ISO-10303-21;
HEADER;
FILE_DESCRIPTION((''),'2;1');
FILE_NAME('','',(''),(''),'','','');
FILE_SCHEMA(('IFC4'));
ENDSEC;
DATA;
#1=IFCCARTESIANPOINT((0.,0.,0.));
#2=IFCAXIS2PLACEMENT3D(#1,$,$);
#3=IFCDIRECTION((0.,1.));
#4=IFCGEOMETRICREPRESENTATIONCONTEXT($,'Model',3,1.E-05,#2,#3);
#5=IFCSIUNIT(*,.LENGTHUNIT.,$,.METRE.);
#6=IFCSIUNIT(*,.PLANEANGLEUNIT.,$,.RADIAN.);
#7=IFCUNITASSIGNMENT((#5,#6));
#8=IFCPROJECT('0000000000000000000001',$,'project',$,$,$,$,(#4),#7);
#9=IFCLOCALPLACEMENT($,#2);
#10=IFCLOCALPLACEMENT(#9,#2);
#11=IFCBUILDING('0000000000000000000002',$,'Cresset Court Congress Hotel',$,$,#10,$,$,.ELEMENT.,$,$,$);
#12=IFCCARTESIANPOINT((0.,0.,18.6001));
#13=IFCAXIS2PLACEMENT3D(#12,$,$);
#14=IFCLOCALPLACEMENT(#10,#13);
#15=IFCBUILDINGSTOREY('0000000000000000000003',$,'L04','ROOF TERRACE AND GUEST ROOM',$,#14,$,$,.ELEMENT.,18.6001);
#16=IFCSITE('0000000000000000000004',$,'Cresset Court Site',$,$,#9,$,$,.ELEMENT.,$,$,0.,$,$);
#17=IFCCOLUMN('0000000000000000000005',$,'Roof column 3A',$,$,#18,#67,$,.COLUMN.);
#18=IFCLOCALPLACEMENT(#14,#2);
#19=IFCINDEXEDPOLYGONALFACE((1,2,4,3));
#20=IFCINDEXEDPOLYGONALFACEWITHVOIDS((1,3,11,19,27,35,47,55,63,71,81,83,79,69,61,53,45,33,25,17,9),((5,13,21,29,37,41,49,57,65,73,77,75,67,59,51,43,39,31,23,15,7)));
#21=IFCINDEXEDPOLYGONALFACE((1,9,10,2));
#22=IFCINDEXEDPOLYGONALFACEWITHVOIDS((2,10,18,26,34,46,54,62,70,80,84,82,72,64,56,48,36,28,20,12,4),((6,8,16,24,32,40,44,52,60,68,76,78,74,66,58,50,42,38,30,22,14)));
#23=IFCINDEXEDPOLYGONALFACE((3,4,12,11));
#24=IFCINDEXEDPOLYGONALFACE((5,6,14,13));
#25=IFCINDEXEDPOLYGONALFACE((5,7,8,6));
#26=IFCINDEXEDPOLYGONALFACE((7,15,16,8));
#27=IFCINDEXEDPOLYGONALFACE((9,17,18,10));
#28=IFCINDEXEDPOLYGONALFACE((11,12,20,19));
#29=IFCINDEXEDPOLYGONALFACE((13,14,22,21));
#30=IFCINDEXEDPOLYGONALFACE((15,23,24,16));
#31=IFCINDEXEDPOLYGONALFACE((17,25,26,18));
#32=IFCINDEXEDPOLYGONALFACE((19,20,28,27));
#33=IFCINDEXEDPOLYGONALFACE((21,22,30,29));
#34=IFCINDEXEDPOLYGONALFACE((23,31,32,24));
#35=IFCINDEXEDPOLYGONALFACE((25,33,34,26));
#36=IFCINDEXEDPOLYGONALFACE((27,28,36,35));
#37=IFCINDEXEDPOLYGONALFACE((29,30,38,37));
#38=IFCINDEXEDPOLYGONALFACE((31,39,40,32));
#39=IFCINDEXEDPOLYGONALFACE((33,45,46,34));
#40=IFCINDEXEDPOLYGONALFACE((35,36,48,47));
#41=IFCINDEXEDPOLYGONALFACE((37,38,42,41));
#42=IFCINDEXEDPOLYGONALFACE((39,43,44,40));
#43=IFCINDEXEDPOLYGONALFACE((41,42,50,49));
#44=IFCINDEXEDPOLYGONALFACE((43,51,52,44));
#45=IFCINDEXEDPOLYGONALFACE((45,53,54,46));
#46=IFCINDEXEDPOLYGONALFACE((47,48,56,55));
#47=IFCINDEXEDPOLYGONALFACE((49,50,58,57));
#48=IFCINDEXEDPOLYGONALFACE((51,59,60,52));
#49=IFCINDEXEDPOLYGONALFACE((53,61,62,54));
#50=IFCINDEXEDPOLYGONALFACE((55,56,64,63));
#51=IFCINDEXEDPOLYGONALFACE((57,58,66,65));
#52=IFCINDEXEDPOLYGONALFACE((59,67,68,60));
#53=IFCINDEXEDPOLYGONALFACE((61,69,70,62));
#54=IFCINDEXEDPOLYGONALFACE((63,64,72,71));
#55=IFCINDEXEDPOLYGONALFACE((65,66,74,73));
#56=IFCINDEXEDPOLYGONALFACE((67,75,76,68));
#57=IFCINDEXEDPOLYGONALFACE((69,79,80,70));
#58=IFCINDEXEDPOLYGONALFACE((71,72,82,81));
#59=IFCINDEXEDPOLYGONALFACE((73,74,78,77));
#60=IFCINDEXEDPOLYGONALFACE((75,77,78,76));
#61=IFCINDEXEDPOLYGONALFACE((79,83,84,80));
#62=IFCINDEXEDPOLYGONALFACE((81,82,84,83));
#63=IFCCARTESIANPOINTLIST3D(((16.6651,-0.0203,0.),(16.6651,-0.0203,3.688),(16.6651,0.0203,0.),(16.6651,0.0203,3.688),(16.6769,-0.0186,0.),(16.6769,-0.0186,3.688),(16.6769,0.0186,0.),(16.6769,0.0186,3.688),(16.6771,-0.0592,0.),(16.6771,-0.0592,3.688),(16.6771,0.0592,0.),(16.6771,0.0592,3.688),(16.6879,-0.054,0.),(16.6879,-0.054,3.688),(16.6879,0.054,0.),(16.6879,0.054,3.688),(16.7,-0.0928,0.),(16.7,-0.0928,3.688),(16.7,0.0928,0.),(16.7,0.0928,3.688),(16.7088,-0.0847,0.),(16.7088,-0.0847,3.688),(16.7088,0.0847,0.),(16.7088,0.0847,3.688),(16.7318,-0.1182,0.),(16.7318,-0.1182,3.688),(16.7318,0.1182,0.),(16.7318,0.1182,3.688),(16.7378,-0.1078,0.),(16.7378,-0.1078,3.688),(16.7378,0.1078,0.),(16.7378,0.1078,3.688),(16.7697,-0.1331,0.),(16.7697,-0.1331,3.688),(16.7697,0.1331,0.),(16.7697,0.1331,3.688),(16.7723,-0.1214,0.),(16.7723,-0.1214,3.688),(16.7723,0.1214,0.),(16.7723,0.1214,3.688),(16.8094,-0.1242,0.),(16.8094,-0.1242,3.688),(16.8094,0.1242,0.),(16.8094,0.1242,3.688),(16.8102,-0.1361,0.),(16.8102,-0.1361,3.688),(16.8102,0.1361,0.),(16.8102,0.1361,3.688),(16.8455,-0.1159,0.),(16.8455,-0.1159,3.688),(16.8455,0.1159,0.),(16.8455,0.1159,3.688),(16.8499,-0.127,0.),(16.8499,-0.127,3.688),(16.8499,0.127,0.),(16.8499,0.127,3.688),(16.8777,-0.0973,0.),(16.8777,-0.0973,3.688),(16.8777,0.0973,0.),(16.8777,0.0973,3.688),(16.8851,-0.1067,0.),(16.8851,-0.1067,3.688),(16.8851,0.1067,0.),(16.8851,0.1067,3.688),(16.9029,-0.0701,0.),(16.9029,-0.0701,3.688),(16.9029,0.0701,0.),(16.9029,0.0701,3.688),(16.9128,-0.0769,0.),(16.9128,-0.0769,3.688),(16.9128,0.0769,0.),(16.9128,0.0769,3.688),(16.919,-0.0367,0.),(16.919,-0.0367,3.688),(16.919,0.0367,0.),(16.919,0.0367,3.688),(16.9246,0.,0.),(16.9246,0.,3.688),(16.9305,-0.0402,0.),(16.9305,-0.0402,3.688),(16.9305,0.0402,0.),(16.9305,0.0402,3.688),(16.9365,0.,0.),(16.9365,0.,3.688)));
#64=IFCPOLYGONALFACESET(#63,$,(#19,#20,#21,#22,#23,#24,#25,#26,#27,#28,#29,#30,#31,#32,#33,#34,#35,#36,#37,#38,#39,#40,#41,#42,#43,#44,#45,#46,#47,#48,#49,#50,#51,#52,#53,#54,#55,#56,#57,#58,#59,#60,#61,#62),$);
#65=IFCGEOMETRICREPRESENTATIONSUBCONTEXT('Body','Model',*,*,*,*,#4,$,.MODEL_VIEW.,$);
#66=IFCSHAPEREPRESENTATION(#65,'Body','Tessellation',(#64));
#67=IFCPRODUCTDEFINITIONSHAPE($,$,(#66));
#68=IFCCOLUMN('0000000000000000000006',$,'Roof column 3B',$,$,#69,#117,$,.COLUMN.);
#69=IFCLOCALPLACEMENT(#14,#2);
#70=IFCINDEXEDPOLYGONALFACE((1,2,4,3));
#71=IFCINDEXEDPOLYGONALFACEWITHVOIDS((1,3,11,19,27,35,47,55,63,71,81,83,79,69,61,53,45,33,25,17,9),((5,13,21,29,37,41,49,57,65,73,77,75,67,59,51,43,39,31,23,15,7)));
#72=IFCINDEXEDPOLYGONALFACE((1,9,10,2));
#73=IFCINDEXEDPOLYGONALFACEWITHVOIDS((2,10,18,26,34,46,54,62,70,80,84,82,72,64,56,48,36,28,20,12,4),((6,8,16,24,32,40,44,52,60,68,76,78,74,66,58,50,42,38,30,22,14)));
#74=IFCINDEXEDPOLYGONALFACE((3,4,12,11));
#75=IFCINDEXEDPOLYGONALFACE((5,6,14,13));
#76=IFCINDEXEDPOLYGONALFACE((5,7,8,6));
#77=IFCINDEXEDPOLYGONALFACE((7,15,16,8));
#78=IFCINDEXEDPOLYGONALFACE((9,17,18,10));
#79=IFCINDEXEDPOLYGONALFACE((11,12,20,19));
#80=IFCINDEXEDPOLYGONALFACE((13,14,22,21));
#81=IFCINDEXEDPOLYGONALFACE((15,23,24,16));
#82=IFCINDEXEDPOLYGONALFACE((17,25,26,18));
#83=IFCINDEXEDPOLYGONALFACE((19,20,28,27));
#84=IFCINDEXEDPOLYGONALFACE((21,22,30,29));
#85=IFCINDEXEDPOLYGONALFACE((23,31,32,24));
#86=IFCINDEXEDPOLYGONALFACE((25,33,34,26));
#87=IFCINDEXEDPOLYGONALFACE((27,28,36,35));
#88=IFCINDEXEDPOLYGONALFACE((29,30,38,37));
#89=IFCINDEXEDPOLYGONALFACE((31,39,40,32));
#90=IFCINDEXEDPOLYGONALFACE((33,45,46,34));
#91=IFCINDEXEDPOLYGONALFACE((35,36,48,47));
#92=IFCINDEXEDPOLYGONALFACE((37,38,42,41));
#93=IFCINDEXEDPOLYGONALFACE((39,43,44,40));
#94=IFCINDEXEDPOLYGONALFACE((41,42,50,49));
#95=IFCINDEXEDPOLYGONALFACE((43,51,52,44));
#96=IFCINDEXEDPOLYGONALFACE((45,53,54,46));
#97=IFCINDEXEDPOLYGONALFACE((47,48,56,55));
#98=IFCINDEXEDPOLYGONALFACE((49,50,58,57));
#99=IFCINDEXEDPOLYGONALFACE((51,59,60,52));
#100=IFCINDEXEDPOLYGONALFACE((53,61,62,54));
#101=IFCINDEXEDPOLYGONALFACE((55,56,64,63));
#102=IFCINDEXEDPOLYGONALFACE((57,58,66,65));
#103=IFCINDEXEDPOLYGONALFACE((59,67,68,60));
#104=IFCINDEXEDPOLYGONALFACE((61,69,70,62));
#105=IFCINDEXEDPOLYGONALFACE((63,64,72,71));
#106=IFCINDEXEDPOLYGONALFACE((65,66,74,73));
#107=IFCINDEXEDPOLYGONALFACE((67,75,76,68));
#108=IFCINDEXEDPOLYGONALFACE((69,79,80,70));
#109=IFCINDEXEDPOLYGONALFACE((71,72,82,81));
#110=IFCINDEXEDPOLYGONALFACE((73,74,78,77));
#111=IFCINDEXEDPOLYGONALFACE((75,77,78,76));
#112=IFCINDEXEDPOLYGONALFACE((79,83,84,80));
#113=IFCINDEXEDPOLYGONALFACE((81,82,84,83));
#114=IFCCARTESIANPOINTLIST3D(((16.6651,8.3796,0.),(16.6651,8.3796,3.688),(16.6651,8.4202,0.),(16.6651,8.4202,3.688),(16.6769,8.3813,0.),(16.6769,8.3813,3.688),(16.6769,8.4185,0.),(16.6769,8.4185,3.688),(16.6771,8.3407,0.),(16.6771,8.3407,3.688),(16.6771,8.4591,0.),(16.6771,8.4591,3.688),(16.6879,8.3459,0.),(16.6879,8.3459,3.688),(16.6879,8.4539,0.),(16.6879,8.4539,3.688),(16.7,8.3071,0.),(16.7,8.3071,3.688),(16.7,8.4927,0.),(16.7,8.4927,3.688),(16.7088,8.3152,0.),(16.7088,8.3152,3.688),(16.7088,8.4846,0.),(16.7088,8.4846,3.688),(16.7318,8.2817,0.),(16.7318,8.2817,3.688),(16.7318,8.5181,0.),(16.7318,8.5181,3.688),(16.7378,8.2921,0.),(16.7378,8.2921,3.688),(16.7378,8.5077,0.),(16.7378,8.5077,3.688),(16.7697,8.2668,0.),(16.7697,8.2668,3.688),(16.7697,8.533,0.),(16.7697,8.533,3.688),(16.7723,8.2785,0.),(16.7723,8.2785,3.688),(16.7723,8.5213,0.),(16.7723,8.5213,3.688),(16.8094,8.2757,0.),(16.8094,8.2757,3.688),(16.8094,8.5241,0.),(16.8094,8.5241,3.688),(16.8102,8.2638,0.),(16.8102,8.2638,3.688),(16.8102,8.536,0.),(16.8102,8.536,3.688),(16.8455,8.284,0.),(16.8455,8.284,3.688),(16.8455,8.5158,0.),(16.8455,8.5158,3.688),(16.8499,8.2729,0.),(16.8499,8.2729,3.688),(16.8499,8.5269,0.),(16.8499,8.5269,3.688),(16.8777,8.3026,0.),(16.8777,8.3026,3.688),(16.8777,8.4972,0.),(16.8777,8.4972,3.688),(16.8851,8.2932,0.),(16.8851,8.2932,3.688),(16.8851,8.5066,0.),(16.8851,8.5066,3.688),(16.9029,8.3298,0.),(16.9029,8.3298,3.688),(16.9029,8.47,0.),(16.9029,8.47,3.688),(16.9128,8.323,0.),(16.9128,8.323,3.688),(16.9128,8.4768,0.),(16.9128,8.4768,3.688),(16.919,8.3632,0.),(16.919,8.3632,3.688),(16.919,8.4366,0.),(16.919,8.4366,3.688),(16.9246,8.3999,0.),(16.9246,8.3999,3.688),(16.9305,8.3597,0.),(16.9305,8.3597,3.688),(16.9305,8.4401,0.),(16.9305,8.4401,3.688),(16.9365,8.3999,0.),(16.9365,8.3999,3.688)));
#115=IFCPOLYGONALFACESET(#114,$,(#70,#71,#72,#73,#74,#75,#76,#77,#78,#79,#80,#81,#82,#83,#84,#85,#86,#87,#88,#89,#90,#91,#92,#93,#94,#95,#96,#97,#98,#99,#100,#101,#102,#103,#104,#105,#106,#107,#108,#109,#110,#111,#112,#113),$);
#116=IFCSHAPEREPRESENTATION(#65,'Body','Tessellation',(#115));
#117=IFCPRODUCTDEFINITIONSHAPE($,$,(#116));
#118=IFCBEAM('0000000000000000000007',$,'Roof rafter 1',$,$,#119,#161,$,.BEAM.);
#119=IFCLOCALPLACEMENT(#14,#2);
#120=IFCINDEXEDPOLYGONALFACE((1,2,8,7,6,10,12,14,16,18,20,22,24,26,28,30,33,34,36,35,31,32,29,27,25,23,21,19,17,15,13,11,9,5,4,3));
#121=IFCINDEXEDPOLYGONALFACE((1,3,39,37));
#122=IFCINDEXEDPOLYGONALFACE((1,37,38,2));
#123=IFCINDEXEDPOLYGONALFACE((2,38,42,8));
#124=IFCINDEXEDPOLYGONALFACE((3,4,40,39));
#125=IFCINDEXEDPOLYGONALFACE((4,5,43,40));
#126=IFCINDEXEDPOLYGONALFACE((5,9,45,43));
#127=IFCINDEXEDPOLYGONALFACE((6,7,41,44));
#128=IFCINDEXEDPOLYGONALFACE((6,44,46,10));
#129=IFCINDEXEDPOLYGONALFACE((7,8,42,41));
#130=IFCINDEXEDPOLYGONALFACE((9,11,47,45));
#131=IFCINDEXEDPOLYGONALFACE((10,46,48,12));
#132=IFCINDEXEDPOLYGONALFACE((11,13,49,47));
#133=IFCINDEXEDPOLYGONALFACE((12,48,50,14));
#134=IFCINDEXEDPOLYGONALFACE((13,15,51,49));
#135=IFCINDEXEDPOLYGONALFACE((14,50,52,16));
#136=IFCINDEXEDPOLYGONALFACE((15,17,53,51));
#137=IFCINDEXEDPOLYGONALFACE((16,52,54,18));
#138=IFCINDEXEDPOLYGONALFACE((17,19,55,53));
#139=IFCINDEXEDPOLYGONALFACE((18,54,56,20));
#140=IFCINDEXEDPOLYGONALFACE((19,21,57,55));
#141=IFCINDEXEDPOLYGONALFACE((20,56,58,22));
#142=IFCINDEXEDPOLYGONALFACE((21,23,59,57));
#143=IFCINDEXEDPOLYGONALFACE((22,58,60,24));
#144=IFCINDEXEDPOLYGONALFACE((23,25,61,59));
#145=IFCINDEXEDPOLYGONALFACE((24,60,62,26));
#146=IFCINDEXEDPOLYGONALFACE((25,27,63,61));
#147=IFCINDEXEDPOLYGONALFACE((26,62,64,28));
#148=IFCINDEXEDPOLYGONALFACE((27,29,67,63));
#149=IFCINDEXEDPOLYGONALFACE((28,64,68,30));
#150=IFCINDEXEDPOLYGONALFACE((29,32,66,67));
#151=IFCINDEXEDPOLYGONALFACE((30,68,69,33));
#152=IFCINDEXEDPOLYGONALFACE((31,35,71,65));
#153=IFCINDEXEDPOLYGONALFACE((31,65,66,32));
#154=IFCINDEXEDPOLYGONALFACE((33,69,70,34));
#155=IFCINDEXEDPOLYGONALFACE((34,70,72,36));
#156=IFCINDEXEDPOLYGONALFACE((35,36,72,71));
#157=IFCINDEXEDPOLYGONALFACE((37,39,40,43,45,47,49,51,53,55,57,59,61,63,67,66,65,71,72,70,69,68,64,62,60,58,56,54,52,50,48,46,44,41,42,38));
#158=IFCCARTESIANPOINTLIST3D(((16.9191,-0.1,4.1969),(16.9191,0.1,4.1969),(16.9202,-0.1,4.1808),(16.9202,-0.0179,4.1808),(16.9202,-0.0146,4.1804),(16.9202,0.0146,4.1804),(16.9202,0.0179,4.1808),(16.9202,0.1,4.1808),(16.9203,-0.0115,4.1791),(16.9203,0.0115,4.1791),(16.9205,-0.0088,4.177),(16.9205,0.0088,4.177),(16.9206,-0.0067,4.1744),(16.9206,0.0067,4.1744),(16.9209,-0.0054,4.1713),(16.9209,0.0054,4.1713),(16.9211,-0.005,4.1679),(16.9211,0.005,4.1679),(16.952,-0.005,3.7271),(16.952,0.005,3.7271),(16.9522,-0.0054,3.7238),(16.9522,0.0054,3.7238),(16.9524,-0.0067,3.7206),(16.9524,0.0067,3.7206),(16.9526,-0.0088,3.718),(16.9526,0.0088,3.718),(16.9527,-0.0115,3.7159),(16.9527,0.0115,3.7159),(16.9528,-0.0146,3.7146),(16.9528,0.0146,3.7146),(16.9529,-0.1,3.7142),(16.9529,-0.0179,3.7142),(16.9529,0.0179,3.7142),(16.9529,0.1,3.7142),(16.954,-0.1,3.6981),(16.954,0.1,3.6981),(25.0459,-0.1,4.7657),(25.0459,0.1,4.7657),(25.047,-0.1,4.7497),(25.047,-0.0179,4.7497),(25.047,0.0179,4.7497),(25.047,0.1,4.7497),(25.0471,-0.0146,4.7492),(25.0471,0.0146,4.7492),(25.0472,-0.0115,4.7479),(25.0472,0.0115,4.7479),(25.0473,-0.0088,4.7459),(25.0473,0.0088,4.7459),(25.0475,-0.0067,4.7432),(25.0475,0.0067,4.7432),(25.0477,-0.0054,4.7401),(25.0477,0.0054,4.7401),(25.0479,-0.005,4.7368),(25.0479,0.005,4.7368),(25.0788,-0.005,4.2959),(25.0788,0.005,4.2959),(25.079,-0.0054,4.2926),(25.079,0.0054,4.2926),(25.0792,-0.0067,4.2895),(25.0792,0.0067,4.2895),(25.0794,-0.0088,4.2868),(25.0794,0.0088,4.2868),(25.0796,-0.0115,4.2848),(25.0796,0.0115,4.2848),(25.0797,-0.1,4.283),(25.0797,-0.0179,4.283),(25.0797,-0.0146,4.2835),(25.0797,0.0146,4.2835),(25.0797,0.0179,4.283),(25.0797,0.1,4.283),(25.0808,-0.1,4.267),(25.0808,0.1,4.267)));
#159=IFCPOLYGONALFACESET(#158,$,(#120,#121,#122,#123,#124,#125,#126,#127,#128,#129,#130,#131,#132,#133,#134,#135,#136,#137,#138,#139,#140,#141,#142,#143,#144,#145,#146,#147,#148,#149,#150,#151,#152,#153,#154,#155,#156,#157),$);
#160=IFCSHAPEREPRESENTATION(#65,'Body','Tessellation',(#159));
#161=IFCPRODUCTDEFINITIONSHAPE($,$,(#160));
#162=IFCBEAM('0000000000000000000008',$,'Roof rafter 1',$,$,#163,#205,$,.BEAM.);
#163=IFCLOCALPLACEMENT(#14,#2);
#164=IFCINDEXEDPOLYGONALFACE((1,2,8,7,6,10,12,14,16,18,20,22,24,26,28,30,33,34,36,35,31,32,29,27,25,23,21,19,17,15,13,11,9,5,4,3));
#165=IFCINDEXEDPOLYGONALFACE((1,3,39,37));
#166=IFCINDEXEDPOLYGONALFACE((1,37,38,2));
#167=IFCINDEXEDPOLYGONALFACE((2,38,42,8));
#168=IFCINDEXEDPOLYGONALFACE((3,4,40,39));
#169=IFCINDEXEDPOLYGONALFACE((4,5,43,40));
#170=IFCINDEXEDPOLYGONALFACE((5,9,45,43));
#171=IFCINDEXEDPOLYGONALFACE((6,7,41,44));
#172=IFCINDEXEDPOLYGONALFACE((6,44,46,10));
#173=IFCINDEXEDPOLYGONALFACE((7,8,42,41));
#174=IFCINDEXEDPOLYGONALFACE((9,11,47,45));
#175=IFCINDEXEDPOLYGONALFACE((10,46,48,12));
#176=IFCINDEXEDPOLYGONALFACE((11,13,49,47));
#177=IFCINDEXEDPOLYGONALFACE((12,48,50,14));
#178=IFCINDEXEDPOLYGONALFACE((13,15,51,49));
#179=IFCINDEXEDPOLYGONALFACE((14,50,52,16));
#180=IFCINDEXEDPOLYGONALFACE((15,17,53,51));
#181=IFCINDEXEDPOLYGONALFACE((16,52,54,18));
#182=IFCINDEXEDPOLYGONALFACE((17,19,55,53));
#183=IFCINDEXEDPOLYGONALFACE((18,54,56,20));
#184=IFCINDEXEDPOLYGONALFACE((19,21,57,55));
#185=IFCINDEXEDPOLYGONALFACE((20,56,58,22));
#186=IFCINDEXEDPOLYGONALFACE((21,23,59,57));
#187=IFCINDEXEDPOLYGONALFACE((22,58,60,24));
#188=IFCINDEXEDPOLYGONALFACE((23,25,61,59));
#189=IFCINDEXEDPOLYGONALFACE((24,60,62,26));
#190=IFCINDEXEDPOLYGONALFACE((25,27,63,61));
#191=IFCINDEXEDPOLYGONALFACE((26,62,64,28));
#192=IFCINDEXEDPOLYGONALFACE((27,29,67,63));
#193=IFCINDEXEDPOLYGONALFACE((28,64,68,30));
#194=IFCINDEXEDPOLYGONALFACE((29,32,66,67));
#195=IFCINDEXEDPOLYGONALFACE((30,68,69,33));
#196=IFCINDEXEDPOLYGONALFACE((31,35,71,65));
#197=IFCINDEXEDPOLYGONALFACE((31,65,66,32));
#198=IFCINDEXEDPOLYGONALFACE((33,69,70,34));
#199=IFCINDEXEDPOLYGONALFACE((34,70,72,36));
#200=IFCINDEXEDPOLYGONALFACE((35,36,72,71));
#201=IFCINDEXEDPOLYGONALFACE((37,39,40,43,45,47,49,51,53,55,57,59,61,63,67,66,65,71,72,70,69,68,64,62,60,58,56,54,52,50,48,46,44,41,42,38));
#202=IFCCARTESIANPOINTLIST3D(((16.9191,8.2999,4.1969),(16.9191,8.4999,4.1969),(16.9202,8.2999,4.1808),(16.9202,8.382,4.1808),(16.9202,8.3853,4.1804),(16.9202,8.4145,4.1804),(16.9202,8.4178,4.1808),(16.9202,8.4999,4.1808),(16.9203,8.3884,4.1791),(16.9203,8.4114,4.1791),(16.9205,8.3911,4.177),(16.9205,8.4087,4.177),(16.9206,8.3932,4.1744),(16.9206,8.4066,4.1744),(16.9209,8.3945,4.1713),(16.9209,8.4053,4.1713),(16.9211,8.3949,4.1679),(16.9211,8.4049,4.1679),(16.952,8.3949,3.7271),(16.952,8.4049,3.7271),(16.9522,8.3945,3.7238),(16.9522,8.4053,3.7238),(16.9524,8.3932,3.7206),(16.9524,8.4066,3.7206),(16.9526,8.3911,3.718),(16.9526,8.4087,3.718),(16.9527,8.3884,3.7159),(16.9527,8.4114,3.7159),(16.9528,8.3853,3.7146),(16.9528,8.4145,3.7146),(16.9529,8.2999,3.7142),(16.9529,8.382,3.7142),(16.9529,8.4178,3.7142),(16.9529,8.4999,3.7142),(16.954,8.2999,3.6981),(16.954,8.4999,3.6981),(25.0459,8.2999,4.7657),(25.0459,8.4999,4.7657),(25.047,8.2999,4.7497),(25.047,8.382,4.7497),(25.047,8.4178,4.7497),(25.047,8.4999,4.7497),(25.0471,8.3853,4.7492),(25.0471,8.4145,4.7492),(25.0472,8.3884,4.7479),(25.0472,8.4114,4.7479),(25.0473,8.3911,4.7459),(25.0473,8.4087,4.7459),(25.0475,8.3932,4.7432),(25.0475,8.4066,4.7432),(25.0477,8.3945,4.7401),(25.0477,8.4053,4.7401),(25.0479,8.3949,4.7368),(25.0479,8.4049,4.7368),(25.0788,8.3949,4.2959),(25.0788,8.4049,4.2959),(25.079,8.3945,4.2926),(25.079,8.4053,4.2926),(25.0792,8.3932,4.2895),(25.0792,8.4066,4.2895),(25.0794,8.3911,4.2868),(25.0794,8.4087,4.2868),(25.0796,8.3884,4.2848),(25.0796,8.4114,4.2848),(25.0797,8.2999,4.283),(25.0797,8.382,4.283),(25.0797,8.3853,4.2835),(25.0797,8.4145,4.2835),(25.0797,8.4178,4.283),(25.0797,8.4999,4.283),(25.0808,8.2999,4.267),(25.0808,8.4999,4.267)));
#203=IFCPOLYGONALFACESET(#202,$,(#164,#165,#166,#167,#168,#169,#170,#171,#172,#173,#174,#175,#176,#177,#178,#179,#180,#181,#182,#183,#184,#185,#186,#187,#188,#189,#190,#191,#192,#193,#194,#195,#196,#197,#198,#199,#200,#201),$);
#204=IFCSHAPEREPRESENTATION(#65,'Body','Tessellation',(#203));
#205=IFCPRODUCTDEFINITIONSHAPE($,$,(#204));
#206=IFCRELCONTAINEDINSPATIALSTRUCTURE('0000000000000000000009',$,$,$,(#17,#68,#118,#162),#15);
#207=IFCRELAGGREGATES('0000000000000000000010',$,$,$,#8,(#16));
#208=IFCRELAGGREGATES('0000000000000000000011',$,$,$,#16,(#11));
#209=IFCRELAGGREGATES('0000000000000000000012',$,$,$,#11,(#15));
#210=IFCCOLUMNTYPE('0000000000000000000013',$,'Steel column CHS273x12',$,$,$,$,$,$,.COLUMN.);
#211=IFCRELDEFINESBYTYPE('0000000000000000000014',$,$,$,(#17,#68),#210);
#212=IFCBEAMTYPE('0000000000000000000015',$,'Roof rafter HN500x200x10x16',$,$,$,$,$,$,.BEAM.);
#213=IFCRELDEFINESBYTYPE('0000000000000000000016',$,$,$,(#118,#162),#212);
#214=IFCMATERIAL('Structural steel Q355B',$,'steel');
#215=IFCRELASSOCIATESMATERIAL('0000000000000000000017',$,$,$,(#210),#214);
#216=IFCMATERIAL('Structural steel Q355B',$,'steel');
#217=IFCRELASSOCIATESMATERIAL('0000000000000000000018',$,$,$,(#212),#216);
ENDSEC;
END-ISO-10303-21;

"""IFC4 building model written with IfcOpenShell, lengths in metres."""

from ifc_helpers import new_model, si_unit, direction, frame, origin, origin_2d, place, context, subcontext, project, spatial, hollow_circle, i_section, extrude, material, material_profile, profile_set, type_object, element, save


model = new_model("IFC4")

# Units and contexts
model_context = context("Model", 3, precision=1e-05, world=origin(), true_north=direction((0.0, 1.0)))
body_context = subcontext(model_context, "Body", "Model", "MODEL_VIEW")
ifc_project = project(units=[si_unit("LENGTHUNIT", "METRE"), si_unit("PLANEANGLEUNIT", "RADIAN")], contexts=[model_context])

# Site, building, storey
site_placement = place(None, origin())
site = spatial("IfcSite", under=ifc_project, at=site_placement, Name="Cresset Court Site", CompositionType="ELEMENT", RefElevation=0.0)
building_placement = place(site_placement, origin())
building = spatial("IfcBuilding", under=site, at=building_placement, Name="Cresset Court Congress Hotel", CompositionType="ELEMENT")
storey_placement = place(building_placement, frame((0.0, 0.0, 18.6001)))
storey = spatial("IfcBuildingStorey", under=building, at=storey_placement, Name="L04", Description="ROOF TERRACE AND GUEST ROOM", CompositionType="ELEMENT", Elevation=18.6001)

# Columns
ifc_material_1 = material(Name="Structural steel Q355B", Category="steel")
ifc_material_profile_1 = material_profile(ifc_material_1, hollow_circle(Radius=0.1365, WallThickness=0.012, at=origin_2d()), Name="CHS273x12")
ifc_profile_set_1 = profile_set([ifc_material_profile_1], Name="Structural steel Q355B")
column_type = type_object("IfcColumnType", Name="Steel column CHS273x12", PredefinedType="COLUMN", material=ifc_profile_set_1)
for number, where, z_axis, x_axis, name in (
    (1, (16.8, 0.0, 0.0), (0.0, 0.0, 1.0), (1.0, 0.0, 0.0), "Roof column 3A"),
    (2, (16.8, 8.3999, 0.0), (0.0, 0.0, 1.0), (1.0, 0.0, 0.0), "Roof column 3B"),
):
    element("IfcColumn", number, at=place(storey_placement, frame(where, z_axis=z_axis, x_axis=x_axis)), inside=storey, type_object=column_type, Name=name, PredefinedType="COLUMN", context=body_context, shape_type="SweptSolid", body=[
        extrude(hollow_circle(Radius=0.1365, WallThickness=0.012, at=origin_2d()), origin(), (0.0, 0.0, 1.0), 3.688),
    ])

# Beams
ifc_material_2 = material(Name="Structural steel Q355B", Category="steel")
ifc_material_profile_2 = material_profile(ifc_material_2, i_section(OverallWidth=0.2, OverallDepth=0.5, WebThickness=0.01, FlangeThickness=0.0161, FilletRadius=0.0129, at=origin_2d()), Name="HN500x200x10x16")
ifc_profile_set_2 = profile_set([ifc_material_profile_2], Name="Structural steel Q355B")
beam_type_1 = type_object("IfcBeamType", Name="Roof rafter HN500x200x10x16", PredefinedType="BEAM", material=ifc_profile_set_2)
for number, where, z_axis, x_axis, name in (
    (3, (16.9365, 0.0, 3.9475), (0.997559, 0.0, 0.069824), (0.0, 1.0, 0.0), "Roof rafter 1"),
    (4, (16.9365, 8.3999, 3.9475), (0.997559, 0.0, 0.069824), (0.0, 1.0, 0.0), "Roof rafter 1"),
):
    element("IfcBeam", number, at=place(storey_placement, frame(where, z_axis=z_axis, x_axis=x_axis)), inside=storey, type_object=beam_type_1, Name=name, PredefinedType="BEAM", context=body_context, shape_type="SweptSolid", body=[
        extrude(i_section(OverallWidth=0.2, OverallDepth=0.5, WebThickness=0.01, FlangeThickness=0.0161, FilletRadius=0.0129, at=origin_2d()), origin(), (0.0, 0.0, 1.0), 8.1467),
    ])

save(model, "model.ifc")
